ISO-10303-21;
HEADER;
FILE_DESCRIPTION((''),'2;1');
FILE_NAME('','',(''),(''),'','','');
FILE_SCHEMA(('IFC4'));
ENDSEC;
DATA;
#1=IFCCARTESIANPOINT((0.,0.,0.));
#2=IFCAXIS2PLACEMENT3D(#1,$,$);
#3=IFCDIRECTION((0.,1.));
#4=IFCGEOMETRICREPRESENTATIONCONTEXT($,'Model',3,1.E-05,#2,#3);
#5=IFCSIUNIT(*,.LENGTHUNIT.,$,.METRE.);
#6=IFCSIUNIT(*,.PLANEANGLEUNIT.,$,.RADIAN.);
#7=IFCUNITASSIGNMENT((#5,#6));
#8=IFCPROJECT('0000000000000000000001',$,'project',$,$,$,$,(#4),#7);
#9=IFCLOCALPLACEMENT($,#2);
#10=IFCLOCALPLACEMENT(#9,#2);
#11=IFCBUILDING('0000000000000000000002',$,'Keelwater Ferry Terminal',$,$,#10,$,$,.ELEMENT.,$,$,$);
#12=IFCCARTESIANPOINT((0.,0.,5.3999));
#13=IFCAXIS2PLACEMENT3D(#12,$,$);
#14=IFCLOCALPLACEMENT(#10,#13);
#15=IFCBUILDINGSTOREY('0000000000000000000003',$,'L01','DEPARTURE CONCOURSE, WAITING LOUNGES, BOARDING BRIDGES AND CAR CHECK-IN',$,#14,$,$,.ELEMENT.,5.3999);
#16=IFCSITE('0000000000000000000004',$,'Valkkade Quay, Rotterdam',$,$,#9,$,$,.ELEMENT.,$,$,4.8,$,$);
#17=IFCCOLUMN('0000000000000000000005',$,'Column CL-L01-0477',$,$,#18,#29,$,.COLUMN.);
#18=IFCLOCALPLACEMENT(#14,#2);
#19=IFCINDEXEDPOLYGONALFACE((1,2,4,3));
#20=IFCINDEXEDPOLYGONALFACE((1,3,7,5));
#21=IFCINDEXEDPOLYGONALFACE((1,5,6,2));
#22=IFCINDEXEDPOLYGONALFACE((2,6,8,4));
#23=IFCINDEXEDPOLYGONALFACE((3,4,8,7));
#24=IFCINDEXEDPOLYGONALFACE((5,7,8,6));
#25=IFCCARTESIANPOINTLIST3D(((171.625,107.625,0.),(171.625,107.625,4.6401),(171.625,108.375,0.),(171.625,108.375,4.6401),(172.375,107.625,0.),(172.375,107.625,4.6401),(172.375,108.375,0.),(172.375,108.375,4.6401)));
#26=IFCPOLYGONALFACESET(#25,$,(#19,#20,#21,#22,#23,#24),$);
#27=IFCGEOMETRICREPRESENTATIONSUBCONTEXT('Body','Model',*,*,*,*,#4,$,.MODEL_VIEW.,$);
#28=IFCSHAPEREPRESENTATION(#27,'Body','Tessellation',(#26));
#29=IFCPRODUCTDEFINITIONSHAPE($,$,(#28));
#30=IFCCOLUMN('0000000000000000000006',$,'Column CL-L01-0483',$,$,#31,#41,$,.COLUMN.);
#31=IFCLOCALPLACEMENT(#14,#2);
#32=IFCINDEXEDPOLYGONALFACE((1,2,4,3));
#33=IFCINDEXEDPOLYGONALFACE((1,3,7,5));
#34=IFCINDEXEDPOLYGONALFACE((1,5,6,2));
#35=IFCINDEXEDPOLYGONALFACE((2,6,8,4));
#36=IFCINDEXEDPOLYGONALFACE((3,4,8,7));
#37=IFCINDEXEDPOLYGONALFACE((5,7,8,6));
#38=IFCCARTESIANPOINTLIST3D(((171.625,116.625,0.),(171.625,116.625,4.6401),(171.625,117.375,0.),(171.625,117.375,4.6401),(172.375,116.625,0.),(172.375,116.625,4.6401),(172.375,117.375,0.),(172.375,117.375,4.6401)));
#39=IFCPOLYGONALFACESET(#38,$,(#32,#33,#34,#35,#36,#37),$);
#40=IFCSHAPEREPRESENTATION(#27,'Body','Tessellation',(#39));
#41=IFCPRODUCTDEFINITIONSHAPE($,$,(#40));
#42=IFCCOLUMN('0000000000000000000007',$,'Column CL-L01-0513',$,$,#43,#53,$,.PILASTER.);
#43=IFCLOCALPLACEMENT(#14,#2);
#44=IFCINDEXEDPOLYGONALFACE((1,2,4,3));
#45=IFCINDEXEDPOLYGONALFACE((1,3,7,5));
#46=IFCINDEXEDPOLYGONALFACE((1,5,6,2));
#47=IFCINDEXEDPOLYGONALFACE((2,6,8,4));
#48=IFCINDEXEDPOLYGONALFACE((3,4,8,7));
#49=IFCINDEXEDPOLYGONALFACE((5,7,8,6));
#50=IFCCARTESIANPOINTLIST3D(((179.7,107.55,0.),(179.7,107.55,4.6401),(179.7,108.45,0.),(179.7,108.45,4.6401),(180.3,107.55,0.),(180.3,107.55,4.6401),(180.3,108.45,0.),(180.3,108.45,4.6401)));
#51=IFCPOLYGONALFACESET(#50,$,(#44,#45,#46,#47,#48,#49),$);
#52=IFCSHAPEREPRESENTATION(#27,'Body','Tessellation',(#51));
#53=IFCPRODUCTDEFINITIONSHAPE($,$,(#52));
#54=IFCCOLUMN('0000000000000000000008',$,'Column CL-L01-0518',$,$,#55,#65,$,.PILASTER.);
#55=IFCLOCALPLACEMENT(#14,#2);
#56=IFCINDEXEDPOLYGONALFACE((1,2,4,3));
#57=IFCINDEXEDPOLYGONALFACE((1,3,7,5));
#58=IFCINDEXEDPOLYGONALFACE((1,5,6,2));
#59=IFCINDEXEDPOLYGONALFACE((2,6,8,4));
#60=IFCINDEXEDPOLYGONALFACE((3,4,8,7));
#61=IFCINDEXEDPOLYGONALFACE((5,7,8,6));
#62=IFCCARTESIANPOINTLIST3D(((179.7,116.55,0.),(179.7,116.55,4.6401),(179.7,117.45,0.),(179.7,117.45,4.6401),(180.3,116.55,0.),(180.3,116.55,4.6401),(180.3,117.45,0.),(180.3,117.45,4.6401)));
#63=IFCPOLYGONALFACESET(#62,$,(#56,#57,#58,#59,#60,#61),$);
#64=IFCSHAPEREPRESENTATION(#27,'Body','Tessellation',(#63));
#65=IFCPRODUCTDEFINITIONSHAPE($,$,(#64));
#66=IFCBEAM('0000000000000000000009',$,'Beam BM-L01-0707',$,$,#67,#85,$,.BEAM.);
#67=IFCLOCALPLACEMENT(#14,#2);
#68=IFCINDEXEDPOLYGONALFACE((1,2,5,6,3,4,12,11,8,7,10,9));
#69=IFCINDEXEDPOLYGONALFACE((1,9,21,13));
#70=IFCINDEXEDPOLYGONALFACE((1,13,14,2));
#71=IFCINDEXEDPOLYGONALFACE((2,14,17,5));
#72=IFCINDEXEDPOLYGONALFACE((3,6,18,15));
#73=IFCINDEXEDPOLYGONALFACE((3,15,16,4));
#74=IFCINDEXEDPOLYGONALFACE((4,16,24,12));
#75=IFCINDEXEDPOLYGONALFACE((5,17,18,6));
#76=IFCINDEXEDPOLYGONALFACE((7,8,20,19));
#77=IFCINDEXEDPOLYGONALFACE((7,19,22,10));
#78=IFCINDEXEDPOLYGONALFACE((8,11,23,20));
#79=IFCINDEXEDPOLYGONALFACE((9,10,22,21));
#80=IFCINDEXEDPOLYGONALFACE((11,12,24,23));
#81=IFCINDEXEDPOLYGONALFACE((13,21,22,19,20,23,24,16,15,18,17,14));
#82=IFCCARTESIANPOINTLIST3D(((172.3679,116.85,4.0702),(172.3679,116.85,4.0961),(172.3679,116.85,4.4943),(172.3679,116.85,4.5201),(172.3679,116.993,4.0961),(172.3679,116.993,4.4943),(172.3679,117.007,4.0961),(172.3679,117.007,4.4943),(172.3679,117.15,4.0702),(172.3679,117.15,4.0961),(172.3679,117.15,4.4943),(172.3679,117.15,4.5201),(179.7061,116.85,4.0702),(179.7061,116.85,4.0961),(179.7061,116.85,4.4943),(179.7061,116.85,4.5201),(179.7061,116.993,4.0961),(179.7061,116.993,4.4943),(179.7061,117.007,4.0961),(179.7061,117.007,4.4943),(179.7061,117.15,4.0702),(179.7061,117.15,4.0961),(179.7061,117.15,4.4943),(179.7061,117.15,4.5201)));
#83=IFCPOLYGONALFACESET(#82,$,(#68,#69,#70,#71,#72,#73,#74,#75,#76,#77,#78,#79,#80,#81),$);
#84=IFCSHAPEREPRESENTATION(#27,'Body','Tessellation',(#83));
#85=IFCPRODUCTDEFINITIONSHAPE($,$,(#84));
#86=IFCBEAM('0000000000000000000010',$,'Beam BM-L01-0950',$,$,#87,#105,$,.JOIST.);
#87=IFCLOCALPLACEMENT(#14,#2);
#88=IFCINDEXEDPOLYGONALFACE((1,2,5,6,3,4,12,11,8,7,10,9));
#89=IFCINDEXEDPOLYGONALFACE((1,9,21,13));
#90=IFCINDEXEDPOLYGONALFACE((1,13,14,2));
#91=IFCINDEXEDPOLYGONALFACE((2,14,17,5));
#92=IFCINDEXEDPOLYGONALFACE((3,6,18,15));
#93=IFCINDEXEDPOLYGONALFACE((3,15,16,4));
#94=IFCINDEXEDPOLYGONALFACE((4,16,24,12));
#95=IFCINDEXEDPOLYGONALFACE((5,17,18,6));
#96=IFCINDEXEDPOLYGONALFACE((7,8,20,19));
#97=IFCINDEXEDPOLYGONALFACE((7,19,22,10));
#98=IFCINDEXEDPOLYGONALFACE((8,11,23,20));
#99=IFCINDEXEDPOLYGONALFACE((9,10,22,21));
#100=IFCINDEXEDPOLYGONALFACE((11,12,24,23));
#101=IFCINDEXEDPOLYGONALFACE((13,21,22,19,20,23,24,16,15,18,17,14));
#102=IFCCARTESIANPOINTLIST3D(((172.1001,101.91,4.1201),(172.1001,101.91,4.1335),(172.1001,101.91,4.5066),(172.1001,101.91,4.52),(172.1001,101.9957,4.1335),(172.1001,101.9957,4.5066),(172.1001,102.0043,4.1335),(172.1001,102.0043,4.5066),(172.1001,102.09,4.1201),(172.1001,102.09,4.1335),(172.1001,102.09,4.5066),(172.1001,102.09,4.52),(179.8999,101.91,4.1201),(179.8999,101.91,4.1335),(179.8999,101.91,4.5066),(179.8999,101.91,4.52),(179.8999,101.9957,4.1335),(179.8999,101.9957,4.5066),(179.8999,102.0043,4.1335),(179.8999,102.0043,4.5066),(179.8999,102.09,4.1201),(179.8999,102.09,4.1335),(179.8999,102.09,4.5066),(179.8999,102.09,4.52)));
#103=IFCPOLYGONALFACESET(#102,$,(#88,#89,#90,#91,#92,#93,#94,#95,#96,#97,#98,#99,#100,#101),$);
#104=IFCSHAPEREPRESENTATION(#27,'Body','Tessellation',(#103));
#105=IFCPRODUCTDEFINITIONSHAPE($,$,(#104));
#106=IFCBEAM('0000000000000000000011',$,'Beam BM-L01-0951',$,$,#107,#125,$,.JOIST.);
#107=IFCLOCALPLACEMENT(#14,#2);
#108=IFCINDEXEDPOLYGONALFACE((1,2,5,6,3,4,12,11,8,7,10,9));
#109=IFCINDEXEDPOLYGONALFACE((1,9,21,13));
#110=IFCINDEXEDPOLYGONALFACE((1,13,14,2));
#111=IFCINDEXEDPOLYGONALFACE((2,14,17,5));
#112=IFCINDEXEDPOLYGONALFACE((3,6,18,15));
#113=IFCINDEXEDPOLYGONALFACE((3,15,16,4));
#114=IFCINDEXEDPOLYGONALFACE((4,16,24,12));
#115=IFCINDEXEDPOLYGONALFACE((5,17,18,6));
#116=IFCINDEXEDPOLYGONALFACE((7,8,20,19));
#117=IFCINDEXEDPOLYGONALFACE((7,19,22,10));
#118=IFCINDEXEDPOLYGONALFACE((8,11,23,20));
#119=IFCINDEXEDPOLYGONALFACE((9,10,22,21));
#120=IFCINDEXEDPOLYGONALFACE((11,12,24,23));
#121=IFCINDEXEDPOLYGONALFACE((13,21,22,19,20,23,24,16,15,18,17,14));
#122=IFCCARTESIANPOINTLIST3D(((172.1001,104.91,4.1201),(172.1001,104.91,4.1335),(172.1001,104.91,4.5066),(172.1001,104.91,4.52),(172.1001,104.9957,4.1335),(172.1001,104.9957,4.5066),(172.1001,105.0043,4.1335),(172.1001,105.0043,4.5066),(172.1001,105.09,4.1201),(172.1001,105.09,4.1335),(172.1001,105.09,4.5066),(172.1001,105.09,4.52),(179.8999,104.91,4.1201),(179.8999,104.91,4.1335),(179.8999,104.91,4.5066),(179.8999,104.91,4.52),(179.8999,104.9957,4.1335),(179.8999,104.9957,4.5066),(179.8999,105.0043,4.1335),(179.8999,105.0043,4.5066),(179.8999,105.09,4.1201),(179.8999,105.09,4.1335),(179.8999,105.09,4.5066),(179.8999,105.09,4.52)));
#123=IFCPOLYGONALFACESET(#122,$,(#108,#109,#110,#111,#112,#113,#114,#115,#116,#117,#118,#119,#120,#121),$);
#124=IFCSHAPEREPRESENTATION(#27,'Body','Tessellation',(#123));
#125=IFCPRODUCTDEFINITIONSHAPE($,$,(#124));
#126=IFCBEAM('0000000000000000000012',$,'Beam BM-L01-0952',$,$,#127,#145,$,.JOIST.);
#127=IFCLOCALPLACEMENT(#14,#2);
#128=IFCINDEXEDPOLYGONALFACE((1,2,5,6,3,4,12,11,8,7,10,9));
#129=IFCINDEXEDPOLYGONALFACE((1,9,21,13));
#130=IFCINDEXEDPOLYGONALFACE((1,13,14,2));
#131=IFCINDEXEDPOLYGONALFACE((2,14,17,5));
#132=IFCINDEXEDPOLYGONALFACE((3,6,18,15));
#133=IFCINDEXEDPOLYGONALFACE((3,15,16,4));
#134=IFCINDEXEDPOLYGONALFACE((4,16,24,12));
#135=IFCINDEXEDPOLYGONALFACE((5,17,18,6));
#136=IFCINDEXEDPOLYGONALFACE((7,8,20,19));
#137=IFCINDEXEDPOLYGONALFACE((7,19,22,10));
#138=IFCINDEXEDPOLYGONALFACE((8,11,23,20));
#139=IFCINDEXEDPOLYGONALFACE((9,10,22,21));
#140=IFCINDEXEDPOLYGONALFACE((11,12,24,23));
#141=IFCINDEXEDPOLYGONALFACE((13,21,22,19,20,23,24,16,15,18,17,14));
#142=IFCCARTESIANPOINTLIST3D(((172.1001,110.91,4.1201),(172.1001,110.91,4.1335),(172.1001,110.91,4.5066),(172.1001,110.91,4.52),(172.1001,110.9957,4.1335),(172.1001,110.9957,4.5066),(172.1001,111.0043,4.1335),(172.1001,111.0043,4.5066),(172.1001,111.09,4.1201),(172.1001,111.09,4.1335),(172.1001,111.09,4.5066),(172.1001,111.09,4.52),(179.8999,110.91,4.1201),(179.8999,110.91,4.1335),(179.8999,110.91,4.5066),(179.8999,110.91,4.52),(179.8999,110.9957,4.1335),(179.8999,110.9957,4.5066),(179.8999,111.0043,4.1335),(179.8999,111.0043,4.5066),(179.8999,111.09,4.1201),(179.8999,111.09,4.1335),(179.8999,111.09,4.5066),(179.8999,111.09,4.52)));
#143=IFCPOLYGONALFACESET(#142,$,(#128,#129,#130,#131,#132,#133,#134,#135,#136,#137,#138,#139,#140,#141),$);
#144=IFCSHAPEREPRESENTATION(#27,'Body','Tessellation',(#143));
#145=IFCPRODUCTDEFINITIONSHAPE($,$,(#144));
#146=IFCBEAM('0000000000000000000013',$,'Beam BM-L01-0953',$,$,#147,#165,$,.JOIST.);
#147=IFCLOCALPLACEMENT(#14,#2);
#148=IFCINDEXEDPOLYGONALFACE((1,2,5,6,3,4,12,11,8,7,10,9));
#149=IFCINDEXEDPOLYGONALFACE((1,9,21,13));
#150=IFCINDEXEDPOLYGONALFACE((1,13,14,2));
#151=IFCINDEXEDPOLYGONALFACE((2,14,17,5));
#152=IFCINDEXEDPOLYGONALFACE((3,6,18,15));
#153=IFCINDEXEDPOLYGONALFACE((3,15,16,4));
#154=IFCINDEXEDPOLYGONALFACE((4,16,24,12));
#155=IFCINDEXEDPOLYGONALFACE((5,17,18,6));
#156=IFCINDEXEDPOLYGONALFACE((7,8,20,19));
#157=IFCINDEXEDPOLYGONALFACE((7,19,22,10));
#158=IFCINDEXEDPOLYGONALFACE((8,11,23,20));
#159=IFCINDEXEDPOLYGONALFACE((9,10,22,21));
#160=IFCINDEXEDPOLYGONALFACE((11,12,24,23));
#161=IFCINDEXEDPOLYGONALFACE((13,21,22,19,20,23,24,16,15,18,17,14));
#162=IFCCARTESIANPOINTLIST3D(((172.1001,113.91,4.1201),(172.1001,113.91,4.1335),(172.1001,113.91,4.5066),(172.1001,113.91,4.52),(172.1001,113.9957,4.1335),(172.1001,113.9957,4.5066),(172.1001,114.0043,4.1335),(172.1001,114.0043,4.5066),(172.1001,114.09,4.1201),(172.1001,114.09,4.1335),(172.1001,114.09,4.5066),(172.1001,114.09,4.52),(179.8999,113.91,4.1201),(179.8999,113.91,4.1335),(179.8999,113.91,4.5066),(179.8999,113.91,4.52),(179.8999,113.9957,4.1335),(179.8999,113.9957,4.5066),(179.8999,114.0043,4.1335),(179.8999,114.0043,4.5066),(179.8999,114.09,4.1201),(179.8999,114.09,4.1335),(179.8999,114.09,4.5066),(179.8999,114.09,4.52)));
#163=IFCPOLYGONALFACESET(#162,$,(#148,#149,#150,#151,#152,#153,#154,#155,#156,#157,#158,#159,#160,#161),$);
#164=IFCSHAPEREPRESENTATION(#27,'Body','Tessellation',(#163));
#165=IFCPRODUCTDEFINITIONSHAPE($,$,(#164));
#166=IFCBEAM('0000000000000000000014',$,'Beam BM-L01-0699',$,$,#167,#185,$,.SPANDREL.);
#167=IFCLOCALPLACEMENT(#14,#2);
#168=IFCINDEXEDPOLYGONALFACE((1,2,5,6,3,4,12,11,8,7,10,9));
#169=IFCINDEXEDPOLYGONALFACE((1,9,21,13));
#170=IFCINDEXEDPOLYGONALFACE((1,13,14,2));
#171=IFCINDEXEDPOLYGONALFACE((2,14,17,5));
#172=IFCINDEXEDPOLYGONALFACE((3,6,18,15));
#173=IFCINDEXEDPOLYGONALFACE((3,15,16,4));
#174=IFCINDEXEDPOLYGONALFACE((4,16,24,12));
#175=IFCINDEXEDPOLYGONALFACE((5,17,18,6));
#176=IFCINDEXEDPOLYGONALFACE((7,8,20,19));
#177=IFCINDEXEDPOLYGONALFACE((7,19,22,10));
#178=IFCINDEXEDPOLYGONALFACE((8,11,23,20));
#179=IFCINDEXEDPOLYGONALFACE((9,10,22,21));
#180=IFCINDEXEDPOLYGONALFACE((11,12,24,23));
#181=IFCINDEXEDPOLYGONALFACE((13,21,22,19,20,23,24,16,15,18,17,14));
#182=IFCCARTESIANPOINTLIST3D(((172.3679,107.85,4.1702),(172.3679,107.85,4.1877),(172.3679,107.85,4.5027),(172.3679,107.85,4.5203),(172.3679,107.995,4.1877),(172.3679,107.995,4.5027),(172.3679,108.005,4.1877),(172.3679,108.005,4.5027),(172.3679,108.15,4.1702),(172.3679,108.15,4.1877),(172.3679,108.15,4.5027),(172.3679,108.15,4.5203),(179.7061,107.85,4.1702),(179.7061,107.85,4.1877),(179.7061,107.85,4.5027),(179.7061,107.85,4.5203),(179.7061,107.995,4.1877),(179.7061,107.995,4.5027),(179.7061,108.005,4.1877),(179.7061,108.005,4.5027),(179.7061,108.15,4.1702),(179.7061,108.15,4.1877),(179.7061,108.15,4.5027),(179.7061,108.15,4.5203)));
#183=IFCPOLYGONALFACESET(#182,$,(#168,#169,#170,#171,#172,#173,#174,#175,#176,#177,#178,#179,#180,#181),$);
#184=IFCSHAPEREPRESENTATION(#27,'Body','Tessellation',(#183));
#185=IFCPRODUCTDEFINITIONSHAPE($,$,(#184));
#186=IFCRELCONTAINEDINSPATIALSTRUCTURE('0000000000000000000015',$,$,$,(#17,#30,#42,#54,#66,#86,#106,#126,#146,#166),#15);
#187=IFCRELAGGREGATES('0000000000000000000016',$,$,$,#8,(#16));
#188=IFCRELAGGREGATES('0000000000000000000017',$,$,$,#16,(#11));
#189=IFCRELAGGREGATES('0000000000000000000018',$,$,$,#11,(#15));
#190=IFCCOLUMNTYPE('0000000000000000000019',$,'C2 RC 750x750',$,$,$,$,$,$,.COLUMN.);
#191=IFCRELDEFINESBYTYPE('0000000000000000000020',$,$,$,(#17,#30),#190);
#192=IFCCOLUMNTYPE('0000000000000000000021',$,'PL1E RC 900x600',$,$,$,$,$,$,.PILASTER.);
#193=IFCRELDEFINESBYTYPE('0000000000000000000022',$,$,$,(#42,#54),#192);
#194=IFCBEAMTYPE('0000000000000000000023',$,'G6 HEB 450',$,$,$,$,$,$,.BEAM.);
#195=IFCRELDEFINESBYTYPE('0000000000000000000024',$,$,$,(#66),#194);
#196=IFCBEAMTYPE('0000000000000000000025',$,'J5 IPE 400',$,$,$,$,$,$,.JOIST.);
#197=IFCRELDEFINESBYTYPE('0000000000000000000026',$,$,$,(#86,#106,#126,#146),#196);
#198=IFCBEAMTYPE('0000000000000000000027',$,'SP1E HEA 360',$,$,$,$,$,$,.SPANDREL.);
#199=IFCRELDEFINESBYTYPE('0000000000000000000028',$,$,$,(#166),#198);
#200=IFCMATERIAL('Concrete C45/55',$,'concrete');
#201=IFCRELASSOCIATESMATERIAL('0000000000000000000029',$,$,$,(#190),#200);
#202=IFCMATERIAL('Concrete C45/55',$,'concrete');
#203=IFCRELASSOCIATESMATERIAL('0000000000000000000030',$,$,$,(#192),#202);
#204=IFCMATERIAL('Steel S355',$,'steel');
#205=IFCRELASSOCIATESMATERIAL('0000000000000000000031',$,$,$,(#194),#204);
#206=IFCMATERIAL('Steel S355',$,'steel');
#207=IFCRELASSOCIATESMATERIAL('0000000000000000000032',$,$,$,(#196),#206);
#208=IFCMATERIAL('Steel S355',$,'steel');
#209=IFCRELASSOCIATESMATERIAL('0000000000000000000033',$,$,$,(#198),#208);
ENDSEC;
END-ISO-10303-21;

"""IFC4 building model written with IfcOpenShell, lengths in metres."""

from ifc_helpers import new_model, si_unit, direction, frame, origin, origin_2d, place, context, subcontext, project, spatial, rectangle, i_section, extrude, material, material_profile, profile_set, type_object, element, save


model = new_model("IFC4")

# Units and contexts
model_context = context("Model", 3, precision=1e-05, world=origin(), true_north=direction((0.0, 1.0)))
body_context = subcontext(model_context, "Body", "Model", "MODEL_VIEW")
ifc_project = project(units=[si_unit("LENGTHUNIT", "METRE"), si_unit("PLANEANGLEUNIT", "RADIAN")], contexts=[model_context])

# Site, building, storey
site_placement = place(None, origin())
site = spatial("IfcSite", under=ifc_project, at=site_placement, Name="Valkkade Quay, Rotterdam", CompositionType="ELEMENT", RefElevation=4.8)
building_placement = place(site_placement, origin())
building = spatial("IfcBuilding", under=site, at=building_placement, Name="Keelwater Ferry Terminal", CompositionType="ELEMENT")
storey_placement = place(building_placement, frame((0.0, 0.0, 5.3999)))
storey = spatial("IfcBuildingStorey", under=building, at=storey_placement, Name="L01", Description="DEPARTURE CONCOURSE, WAITING LOUNGES, BOARDING BRIDGES AND CAR CHECK-IN", CompositionType="ELEMENT", Elevation=5.3999)

# Columns
ifc_material_1 = material(Name="Concrete C45/55", Category="concrete")
ifc_material_profile_1 = material_profile(ifc_material_1, rectangle(XDim=0.75, YDim=0.75, at=origin_2d()), Name="RC 750x750")
ifc_profile_set_1 = profile_set([ifc_material_profile_1], Name="Concrete C45/55")
column_type_1 = type_object("IfcColumnType", Name="C2 RC 750x750", PredefinedType="COLUMN", material=ifc_profile_set_1)
for number, where, z_axis, x_axis, name in (
    (1, (172.0, 108.0, 0.0), (0.0, 0.0, 1.0), (1.0, 0.0, 0.0), "Column CL-L01-0477"),
    (2, (172.0, 117.0, 0.0), (0.0, 0.0, 1.0), (1.0, 0.0, 0.0), "Column CL-L01-0483"),
):
    element("IfcColumn", number, at=place(storey_placement, frame(where, z_axis=z_axis, x_axis=x_axis)), inside=storey, type_object=column_type_1, Name=name, PredefinedType="COLUMN", context=body_context, shape_type="SweptSolid", body=[
        extrude(rectangle(XDim=0.75, YDim=0.75, at=origin_2d()), origin(), (0.0, 0.0, 1.0), 4.6401),
    ])
ifc_material_2 = material(Name="Concrete C45/55", Category="concrete")
ifc_material_profile_2 = material_profile(ifc_material_2, rectangle(XDim=0.6001, YDim=0.8999, at=origin_2d()), Name="RC 900x600")
ifc_profile_set_2 = profile_set([ifc_material_profile_2], Name="Concrete C45/55")
column_type_2 = type_object("IfcColumnType", Name="PL1E RC 900x600", PredefinedType="PILASTER", material=ifc_profile_set_2)
for number, where, z_axis, x_axis, name in (
    (3, (180.0, 108.0, 0.0), (0.0, 0.0, 1.0), (1.0, 0.0, 0.0), "Column CL-L01-0513"),
    (4, (180.0, 117.0, 0.0), (0.0, 0.0, 1.0), (1.0, 0.0, 0.0), "Column CL-L01-0518"),
):
    element("IfcColumn", number, at=place(storey_placement, frame(where, z_axis=z_axis, x_axis=x_axis)), inside=storey, type_object=column_type_2, Name=name, PredefinedType="PILASTER", context=body_context, shape_type="SweptSolid", body=[
        extrude(rectangle(XDim=0.6001, YDim=0.8999, at=origin_2d()), origin(), (0.0, 0.0, 1.0), 4.6401),
    ])

# Beams
ifc_material_3 = material(Name="Steel S355", Category="steel")
ifc_material_profile_3 = material_profile(ifc_material_3, i_section(OverallWidth=0.3, OverallDepth=0.45, WebThickness=0.0139, FlangeThickness=0.0259, at=origin_2d()), Name="HEB 450")
ifc_profile_set_3 = profile_set([ifc_material_profile_3], Name="Steel S355")
beam_type_1 = type_object("IfcBeamType", Name="G6 HEB 450", PredefinedType="BEAM", material=ifc_profile_set_3)
beam_1_placement = place(storey_placement, frame((172.3679, 117.0, 4.2952), z_axis=(1.0, 0.0, 0.0), x_axis=(0.0, 1.0, 0.0)))
element("IfcBeam", 5, at=beam_1_placement, inside=storey, type_object=beam_type_1, Name="Beam BM-L01-0707", PredefinedType="BEAM", context=body_context, shape_type="SweptSolid", body=[
    extrude(i_section(OverallWidth=0.3, OverallDepth=0.45, WebThickness=0.0139, FlangeThickness=0.0259, at=origin_2d()), origin(), (0.0, 0.0, 1.0), 7.3381),
])
ifc_material_4 = material(Name="Steel S355", Category="steel")
ifc_material_profile_4 = material_profile(ifc_material_4, i_section(OverallWidth=0.1799, OverallDepth=0.3999, WebThickness=0.0085, FlangeThickness=0.0134, at=origin_2d()), Name="IPE 400")
ifc_profile_set_4 = profile_set([ifc_material_profile_4], Name="Steel S355")
beam_type_2 = type_object("IfcBeamType", Name="J5 IPE 400", PredefinedType="JOIST", material=ifc_profile_set_4)
for number, where, z_axis, x_axis, name in (
    (6, (172.1001, 102.0, 4.3201), (1.0, 0.0, 0.0), (0.0, 1.0, 0.0), "Beam BM-L01-0950"),
    (7, (172.1001, 105.0, 4.3201), (1.0, 0.0, 0.0), (0.0, 1.0, 0.0), "Beam BM-L01-0951"),
    (8, (172.1001, 111.0, 4.3201), (1.0, 0.0, 0.0), (0.0, 1.0, 0.0), "Beam BM-L01-0952"),
    (9, (172.1001, 114.0, 4.3201), (1.0, 0.0, 0.0), (0.0, 1.0, 0.0), "Beam BM-L01-0953"),
):
    element("IfcBeam", number, at=place(storey_placement, frame(where, z_axis=z_axis, x_axis=x_axis)), inside=storey, type_object=beam_type_2, Name=name, PredefinedType="JOIST", context=body_context, shape_type="SweptSolid", body=[
        extrude(i_section(OverallWidth=0.1799, OverallDepth=0.3999, WebThickness=0.0085, FlangeThickness=0.0134, at=origin_2d()), origin(), (0.0, 0.0, 1.0), 7.7998),
    ])
ifc_material_5 = material(Name="Steel S355", Category="steel")
ifc_material_profile_5 = material_profile(ifc_material_5, i_section(OverallWidth=0.3, OverallDepth=0.3501, WebThickness=0.01, FlangeThickness=0.0176, at=origin_2d()), Name="HEA 360")
ifc_profile_set_5 = profile_set([ifc_material_profile_5], Name="Steel S355")
beam_type_3 = type_object("IfcBeamType", Name="SP1E HEA 360", PredefinedType="SPANDREL", material=ifc_profile_set_5)
beam_2_placement = place(storey_placement, frame((172.3679, 108.0, 4.3452), z_axis=(1.0, 0.0, 0.0), x_axis=(0.0, 1.0, 0.0)))
element("IfcBeam", 10, at=beam_2_placement, inside=storey, type_object=beam_type_3, Name="Beam BM-L01-0699", PredefinedType="SPANDREL", context=body_context, shape_type="SweptSolid", body=[
    extrude(i_section(OverallWidth=0.3, OverallDepth=0.3501, WebThickness=0.01, FlangeThickness=0.0176, at=origin_2d()), origin(), (0.0, 0.0, 1.0), 7.3381),
])

save(model, "model.ifc")
